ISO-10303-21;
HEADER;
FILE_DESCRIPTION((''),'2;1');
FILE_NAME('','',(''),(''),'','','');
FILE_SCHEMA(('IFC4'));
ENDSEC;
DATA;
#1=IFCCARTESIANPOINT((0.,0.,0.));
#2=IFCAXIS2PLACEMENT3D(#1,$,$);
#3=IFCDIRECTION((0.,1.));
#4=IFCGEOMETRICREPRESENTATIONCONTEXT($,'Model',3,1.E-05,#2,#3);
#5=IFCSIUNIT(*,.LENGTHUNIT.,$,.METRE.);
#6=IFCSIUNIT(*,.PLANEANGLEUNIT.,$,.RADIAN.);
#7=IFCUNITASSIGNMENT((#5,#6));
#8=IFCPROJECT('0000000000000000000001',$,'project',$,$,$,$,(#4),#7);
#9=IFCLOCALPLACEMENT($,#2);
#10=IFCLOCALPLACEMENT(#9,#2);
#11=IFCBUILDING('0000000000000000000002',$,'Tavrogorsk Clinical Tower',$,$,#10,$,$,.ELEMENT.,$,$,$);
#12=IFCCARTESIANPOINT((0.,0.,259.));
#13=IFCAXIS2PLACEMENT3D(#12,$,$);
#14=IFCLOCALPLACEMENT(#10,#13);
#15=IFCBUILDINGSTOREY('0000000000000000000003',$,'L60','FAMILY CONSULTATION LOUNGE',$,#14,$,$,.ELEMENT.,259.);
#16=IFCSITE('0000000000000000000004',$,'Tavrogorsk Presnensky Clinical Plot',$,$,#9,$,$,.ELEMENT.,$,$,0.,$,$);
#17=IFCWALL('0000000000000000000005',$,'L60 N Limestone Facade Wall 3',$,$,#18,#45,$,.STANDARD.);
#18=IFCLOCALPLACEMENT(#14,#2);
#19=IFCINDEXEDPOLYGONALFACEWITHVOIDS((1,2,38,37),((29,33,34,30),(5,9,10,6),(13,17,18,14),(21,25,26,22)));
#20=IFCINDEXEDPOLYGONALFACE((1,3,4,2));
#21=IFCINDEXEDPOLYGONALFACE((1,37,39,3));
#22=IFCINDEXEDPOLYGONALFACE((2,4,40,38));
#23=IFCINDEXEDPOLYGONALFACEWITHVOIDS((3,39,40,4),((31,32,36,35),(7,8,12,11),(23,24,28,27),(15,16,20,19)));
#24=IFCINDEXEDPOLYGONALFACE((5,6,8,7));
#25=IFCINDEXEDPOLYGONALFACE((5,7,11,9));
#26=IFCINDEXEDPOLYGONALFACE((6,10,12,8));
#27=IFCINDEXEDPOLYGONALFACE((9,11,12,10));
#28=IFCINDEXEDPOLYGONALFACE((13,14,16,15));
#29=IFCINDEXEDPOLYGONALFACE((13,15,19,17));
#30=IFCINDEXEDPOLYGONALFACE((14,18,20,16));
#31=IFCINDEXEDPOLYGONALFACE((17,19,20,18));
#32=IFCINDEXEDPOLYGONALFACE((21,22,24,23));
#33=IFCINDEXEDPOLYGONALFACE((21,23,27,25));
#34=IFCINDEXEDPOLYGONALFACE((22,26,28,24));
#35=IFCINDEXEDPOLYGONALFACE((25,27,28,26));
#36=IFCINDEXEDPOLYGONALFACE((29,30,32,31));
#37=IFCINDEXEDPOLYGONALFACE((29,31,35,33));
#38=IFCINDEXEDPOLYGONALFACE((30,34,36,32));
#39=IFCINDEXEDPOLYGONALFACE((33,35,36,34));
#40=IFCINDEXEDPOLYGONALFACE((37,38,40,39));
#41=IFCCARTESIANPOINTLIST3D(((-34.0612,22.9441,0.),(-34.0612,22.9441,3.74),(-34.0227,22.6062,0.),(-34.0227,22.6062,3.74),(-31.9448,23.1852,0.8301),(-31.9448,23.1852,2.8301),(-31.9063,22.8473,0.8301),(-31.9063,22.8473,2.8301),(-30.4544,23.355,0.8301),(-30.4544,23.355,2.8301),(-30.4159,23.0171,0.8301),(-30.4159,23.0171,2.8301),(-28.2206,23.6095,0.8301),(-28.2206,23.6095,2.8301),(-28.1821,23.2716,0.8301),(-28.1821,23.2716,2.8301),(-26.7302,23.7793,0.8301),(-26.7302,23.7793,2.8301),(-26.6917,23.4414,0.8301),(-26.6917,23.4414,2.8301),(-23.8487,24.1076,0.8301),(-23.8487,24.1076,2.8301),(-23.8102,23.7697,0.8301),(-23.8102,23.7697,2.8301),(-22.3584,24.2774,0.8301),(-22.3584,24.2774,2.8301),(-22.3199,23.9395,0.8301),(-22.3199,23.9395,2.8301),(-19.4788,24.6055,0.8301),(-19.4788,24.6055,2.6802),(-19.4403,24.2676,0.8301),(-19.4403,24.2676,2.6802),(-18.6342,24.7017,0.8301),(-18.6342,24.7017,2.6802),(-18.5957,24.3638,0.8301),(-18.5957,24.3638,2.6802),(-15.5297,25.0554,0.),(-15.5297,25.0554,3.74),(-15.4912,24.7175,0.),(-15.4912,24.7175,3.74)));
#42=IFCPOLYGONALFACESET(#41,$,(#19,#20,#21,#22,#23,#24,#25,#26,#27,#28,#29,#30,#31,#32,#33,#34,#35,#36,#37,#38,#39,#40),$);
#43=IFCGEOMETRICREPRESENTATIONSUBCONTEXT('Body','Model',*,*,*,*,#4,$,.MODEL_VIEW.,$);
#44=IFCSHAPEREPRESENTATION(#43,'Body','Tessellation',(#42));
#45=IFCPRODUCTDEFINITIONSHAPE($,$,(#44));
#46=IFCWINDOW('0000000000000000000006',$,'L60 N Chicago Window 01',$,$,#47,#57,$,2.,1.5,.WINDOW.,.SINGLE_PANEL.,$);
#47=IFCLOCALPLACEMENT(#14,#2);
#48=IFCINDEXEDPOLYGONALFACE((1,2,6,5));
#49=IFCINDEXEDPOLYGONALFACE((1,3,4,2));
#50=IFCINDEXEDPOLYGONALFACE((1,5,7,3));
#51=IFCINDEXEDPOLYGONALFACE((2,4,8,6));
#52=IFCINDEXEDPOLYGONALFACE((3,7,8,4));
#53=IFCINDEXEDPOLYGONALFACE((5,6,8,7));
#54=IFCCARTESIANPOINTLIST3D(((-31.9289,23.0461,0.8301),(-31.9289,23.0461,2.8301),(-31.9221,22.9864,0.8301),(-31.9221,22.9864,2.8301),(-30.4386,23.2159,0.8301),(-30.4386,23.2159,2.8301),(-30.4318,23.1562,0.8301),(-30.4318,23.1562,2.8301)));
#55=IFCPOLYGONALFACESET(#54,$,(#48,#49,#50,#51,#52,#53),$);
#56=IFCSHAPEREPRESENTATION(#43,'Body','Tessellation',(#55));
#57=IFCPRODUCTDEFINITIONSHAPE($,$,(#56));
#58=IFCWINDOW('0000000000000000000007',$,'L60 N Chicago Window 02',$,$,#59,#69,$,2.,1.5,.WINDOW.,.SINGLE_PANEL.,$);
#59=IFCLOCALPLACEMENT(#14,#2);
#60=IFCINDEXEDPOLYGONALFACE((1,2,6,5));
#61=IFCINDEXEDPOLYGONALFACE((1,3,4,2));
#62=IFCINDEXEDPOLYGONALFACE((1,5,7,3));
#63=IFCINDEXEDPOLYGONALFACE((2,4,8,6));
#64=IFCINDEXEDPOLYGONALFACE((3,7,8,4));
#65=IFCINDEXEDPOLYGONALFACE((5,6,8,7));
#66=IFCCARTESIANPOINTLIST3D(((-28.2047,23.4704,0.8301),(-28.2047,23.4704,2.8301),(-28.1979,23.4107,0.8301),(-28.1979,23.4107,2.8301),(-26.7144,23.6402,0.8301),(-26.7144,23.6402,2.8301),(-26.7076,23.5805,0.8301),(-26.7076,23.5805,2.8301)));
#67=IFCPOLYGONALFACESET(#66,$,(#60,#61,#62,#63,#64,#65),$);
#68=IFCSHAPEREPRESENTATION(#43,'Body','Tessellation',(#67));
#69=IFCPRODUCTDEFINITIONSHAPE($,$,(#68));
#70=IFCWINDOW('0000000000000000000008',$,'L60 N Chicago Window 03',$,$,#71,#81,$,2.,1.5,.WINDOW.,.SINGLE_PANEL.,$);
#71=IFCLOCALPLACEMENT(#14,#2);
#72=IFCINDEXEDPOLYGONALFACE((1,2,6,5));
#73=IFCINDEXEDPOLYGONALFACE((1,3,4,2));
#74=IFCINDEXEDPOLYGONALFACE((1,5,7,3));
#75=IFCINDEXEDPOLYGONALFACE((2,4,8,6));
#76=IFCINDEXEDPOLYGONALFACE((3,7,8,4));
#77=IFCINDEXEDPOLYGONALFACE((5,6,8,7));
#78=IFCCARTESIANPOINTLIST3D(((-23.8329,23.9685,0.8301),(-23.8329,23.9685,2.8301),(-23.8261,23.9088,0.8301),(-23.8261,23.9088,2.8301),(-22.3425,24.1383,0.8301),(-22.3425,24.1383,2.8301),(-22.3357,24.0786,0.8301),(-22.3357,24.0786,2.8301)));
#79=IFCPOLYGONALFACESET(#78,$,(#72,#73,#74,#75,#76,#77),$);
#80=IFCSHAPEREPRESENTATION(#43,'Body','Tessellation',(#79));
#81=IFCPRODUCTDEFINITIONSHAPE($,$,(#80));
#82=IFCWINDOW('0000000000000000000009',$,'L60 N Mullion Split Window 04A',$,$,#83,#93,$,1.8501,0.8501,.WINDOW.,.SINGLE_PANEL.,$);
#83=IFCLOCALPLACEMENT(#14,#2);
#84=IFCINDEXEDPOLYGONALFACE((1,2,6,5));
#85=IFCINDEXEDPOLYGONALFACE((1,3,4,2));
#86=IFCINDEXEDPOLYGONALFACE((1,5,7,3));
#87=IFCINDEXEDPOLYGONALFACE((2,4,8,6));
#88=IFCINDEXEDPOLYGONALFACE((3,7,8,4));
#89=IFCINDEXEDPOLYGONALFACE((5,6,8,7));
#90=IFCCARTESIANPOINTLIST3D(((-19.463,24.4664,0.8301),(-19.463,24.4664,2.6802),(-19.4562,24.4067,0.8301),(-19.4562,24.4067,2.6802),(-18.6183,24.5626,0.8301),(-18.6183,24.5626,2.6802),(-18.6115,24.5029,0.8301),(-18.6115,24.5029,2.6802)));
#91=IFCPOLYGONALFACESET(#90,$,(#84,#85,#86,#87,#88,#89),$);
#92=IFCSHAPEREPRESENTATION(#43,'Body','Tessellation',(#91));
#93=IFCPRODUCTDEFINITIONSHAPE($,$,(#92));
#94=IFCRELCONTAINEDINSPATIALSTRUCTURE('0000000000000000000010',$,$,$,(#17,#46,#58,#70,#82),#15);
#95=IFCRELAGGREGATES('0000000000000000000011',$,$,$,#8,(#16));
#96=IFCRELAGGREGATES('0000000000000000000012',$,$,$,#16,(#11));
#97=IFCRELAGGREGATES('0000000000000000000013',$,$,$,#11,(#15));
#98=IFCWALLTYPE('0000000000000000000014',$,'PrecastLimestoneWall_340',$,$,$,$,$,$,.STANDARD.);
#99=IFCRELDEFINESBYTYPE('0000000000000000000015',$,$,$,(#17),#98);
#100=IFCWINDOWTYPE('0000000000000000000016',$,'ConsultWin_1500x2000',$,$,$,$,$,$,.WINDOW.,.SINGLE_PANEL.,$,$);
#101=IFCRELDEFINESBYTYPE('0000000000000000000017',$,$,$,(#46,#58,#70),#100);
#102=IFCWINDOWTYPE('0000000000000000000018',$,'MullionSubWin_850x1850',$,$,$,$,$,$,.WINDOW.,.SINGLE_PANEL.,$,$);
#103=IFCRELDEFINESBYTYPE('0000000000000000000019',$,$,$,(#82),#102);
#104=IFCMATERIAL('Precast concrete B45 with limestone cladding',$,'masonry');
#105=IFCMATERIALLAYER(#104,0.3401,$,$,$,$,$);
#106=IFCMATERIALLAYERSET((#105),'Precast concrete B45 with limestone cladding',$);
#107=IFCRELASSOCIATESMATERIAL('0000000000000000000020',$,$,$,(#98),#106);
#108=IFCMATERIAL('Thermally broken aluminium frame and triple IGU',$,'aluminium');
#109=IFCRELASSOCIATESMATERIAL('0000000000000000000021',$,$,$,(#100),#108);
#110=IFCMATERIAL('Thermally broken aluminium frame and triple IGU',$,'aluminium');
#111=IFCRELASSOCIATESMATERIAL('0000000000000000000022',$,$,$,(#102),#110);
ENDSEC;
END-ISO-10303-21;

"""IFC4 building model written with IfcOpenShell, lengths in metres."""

from ifc_helpers import new_model, si_unit, direction, frame, frame_2d, origin, place, context, subcontext, project, spatial, rectangle, extrude, material, layer, layer_set, type_object, element, fill, save


model = new_model("IFC4")

# Units and contexts
model_context = context("Model", 3, precision=1e-05, world=origin(), true_north=direction((0.0, 1.0)))
body_context = subcontext(model_context, "Body", "Model", "MODEL_VIEW")
ifc_project = project(units=[si_unit("LENGTHUNIT", "METRE"), si_unit("PLANEANGLEUNIT", "RADIAN")], contexts=[model_context])

# Site, building, storey
site_placement = place(None, origin())
site = spatial("IfcSite", under=ifc_project, at=site_placement, Name="Tavrogorsk Presnensky Clinical Plot", CompositionType="ELEMENT", RefElevation=0.0)
building_placement = place(site_placement, origin())
building = spatial("IfcBuilding", under=site, at=building_placement, Name="Tavrogorsk Clinical Tower", CompositionType="ELEMENT")
storey_placement = place(building_placement, frame((0.0, 0.0, 259.0)))
storey = spatial("IfcBuildingStorey", under=building, at=storey_placement, Name="L60", Description="FAMILY CONSULTATION LOUNGE", CompositionType="ELEMENT", Elevation=259.0)

# Wall, openings, windows
ifc_material_1 = material(Name="Precast concrete B45 with limestone cladding", Category="masonry")
ifc_layer_1 = layer(ifc_material_1, 0.3401)
ifc_layer_set_1 = layer_set([ifc_layer_1], Name="Precast concrete B45 with limestone cladding")
wall_type_1 = type_object("IfcWallType", Name="PrecastLimestoneWall_340", PredefinedType="STANDARD", material=ifc_layer_set_1)
wall_1_placement = place(storey_placement, frame((-15.5105, 24.8865, 0.0), z_axis=(0.0, 0.0, 1.0), x_axis=(-0.993572, -0.1132, 0.0)))
wall_1 = element("IfcWall", 1, at=wall_1_placement, inside=storey, type_object=wall_type_1, Name="L60 N Limestone Facade Wall 3", PredefinedType="STANDARD", context=body_context, shape_type="SweptSolid", body=[
    extrude(rectangle(XDim=18.6514, YDim=0.3401, at=frame_2d((9.3257, 0.0))), origin(), (0.0, 0.0, 1.0), 3.74),
])
opening_1_placement = place(wall_1_placement, frame((15.0212, 0.0, 0.8301)))
opening_1 = element("IfcOpeningElement", 2, at=opening_1_placement, cuts=wall_1, PredefinedType="OPENING", context=body_context, shape_type="SweptSolid", body=[
    extrude(rectangle(XDim=1.5, YDim=2.0, at=frame_2d((0.75, 1.0))), frame((0.0, 0.1799, 0.0), z_axis=(0.0, -1.0, 0.0), x_axis=(1.0, 0.0, 0.0)), (0.0, 0.0, 1.0), 0.3601),
])
opening_2_placement = place(wall_1_placement, frame((11.2729, 0.0, 0.8301)))
opening_2 = element("IfcOpeningElement", 3, at=opening_2_placement, cuts=wall_1, PredefinedType="OPENING", context=body_context, shape_type="SweptSolid", body=[
    extrude(rectangle(XDim=1.5, YDim=2.0, at=frame_2d((0.75, 1.0))), frame((0.0, 0.1799, 0.0), z_axis=(0.0, -1.0, 0.0), x_axis=(1.0, 0.0, 0.0)), (0.0, 0.0, 1.0), 0.3601),
])
opening_3_placement = place(wall_1_placement, frame((6.8728, 0.0, 0.8301)))
opening_3 = element("IfcOpeningElement", 4, at=opening_3_placement, cuts=wall_1, PredefinedType="OPENING", context=body_context, shape_type="SweptSolid", body=[
    extrude(rectangle(XDim=1.5, YDim=2.0, at=frame_2d((0.75, 1.0))), frame((0.0, 0.1799, 0.0), z_axis=(0.0, -1.0, 0.0), x_axis=(1.0, 0.0, 0.0)), (0.0, 0.0, 1.0), 0.3601),
])
opening_4_placement = place(wall_1_placement, frame((3.1245, 0.0, 0.8301)))
opening_4 = element("IfcOpeningElement", 5, at=opening_4_placement, cuts=wall_1, PredefinedType="OPENING", context=body_context, shape_type="SweptSolid", body=[
    extrude(rectangle(XDim=0.8501, YDim=1.8501, at=frame_2d((0.425, 0.925))), frame((0.0, 0.1799, 0.0), z_axis=(0.0, -1.0, 0.0), x_axis=(1.0, 0.0, 0.0)), (0.0, 0.0, 1.0), 0.3601),
])
ifc_material_2 = material(Name="Thermally broken aluminium frame and triple IGU", Category="aluminium")
window_type_1 = type_object("IfcWindowType", Name="ConsultWin_1500x2000", PartitioningType="SINGLE_PANEL", PredefinedType="WINDOW", material=ifc_material_2)
window_1_placement = place(opening_1_placement, origin())
window_1 = element("IfcWindow", 6, at=window_1_placement, inside=storey, type_object=window_type_1, Name="L60 N Chicago Window 01", OverallHeight=2.0, OverallWidth=1.5, PartitioningType="SINGLE_PANEL", PredefinedType="WINDOW", context=body_context, shape_type="SweptSolid", body=[
    extrude(rectangle(XDim=1.5, YDim=2.0, at=frame_2d((0.75, 1.0))), frame((0.0, 0.03, 0.0), z_axis=(0.0, -1.0, 0.0), x_axis=(1.0, 0.0, 0.0)), (0.0, 0.0, 1.0), 0.0601),
])
fill(opening_1, window_1)
window_2_placement = place(opening_2_placement, origin())
window_2 = element("IfcWindow", 7, at=window_2_placement, inside=storey, type_object=window_type_1, Name="L60 N Chicago Window 02", OverallHeight=2.0, OverallWidth=1.5, PartitioningType="SINGLE_PANEL", PredefinedType="WINDOW", context=body_context, shape_type="SweptSolid", body=[
    extrude(rectangle(XDim=1.5, YDim=2.0, at=frame_2d((0.75, 1.0))), frame((0.0, 0.03, 0.0), z_axis=(0.0, -1.0, 0.0), x_axis=(1.0, 0.0, 0.0)), (0.0, 0.0, 1.0), 0.0601),
])
fill(opening_2, window_2)
window_3_placement = place(opening_3_placement, origin())
window_3 = element("IfcWindow", 8, at=window_3_placement, inside=storey, type_object=window_type_1, Name="L60 N Chicago Window 03", OverallHeight=2.0, OverallWidth=1.5, PartitioningType="SINGLE_PANEL", PredefinedType="WINDOW", context=body_context, shape_type="SweptSolid", body=[
    extrude(rectangle(XDim=1.5, YDim=2.0, at=frame_2d((0.75, 1.0))), frame((0.0, 0.03, 0.0), z_axis=(0.0, -1.0, 0.0), x_axis=(1.0, 0.0, 0.0)), (0.0, 0.0, 1.0), 0.0601),
])
fill(opening_3, window_3)
ifc_material_3 = material(Name="Thermally broken aluminium frame and triple IGU", Category="aluminium")
window_type_2 = type_object("IfcWindowType", Name="MullionSubWin_850x1850", PartitioningType="SINGLE_PANEL", PredefinedType="WINDOW", material=ifc_material_3)
window_4_placement = place(opening_4_placement, origin())
window_4 = element("IfcWindow", 9, at=window_4_placement, inside=storey, type_object=window_type_2, Name="L60 N Mullion Split Window 04A", OverallHeight=1.8501, OverallWidth=0.8501, PartitioningType="SINGLE_PANEL", PredefinedType="WINDOW", context=body_context, shape_type="SweptSolid", body=[
    extrude(rectangle(XDim=0.8501, YDim=1.8501, at=frame_2d((0.425, 0.925))), frame((0.0, 0.03, 0.0), z_axis=(0.0, -1.0, 0.0), x_axis=(1.0, 0.0, 0.0)), (0.0, 0.0, 1.0), 0.0601),
])
fill(opening_4, window_4)

save(model, "model.ifc")
